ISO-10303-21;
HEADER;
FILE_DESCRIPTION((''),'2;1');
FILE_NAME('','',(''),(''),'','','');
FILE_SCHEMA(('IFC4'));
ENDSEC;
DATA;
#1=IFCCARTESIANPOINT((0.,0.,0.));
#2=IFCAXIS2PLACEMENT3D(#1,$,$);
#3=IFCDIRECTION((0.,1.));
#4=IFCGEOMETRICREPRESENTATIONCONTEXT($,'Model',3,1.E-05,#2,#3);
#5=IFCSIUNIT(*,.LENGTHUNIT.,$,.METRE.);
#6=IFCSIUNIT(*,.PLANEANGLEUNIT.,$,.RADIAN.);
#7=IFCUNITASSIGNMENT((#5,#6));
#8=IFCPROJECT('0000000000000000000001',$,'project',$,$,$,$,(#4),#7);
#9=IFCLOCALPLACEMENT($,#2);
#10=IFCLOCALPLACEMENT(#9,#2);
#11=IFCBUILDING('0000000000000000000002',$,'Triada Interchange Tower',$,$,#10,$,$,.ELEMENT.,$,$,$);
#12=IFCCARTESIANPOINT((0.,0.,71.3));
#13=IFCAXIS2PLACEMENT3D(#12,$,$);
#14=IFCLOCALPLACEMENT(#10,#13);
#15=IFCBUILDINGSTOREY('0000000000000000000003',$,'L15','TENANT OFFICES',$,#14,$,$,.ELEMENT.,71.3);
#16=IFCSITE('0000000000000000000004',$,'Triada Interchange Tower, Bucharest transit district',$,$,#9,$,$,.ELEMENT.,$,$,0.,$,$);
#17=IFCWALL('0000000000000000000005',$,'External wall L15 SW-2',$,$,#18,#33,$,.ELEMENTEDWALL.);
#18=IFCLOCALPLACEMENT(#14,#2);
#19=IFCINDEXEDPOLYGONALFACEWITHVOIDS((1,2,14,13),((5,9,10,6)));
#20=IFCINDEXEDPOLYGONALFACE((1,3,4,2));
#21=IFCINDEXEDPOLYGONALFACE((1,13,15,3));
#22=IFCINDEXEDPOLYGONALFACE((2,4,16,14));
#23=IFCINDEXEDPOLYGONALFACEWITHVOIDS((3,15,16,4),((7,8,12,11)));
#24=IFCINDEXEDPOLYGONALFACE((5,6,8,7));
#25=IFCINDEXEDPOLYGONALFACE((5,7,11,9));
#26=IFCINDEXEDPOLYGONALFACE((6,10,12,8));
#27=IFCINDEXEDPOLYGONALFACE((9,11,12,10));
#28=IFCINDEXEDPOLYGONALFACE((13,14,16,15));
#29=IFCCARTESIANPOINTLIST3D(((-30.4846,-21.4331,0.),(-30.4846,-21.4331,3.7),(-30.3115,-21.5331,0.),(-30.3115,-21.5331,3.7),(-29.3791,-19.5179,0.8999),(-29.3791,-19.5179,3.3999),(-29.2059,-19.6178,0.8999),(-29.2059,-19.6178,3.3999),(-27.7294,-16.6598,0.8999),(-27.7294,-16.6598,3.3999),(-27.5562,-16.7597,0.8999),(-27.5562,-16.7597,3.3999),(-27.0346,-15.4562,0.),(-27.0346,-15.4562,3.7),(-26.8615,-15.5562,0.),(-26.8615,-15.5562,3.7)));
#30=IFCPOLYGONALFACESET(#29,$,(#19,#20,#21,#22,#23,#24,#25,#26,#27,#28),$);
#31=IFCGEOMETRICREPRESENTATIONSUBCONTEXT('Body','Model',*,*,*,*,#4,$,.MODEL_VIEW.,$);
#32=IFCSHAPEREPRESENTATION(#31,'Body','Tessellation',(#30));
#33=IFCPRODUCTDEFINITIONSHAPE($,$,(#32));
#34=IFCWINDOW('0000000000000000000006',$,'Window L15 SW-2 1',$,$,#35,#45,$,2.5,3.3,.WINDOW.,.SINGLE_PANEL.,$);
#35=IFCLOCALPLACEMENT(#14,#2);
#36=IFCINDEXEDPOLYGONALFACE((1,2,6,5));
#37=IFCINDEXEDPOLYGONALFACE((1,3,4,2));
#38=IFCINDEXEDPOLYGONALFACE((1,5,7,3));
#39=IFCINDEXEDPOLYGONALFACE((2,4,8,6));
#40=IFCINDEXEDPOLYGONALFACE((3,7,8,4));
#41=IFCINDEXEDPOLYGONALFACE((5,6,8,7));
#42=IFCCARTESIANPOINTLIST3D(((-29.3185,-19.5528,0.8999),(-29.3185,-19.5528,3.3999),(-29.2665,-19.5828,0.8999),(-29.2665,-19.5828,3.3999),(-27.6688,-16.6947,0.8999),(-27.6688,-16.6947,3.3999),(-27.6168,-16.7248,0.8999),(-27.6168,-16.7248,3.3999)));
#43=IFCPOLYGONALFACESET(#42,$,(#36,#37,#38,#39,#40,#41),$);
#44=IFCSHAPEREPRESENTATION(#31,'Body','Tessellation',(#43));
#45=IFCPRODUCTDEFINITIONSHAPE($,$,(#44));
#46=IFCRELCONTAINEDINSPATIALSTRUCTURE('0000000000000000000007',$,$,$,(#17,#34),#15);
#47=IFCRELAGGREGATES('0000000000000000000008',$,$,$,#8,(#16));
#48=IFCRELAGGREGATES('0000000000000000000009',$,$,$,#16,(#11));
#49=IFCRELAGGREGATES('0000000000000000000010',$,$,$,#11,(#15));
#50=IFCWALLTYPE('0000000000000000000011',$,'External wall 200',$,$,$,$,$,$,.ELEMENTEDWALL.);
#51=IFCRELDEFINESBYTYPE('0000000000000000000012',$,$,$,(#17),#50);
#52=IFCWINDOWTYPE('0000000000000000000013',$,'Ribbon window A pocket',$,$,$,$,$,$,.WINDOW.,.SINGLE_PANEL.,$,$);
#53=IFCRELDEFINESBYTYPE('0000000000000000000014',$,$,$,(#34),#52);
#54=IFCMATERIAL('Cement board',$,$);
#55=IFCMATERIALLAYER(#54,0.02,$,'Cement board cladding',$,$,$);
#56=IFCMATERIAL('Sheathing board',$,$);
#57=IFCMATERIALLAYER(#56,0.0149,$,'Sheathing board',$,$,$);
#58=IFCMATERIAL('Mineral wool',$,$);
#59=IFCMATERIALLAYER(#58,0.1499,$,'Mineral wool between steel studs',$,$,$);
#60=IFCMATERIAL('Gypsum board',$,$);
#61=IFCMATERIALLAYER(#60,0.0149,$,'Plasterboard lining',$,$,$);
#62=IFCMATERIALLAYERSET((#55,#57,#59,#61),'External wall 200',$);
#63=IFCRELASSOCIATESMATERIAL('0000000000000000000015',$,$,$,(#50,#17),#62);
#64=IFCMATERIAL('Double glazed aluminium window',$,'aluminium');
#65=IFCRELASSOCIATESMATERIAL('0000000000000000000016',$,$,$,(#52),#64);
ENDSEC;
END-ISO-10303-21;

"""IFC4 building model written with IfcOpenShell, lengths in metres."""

from ifc_helpers import new_model, si_unit, direction, frame, frame_2d, origin, place, context, subcontext, project, spatial, rectangle, extrude, material, layer, layer_set, layer_usage, type_object, element, fill, save


model = new_model("IFC4")

# Units and contexts
model_context = context("Model", 3, precision=1e-05, world=origin(), true_north=direction((0.0, 1.0)))
body_context = subcontext(model_context, "Body", "Model", "MODEL_VIEW")
ifc_project = project(units=[si_unit("LENGTHUNIT", "METRE"), si_unit("PLANEANGLEUNIT", "RADIAN")], contexts=[model_context])

# Site, building, storey
site_placement = place(None, origin())
site = spatial("IfcSite", under=ifc_project, at=site_placement, Name="Triada Interchange Tower, Bucharest transit district", CompositionType="ELEMENT", RefElevation=0.0)
building_placement = place(site_placement, origin())
building = spatial("IfcBuilding", under=site, at=building_placement, Name="Triada Interchange Tower", CompositionType="ELEMENT")
storey_placement = place(building_placement, frame((0.0, 0.0, 71.3)))
storey = spatial("IfcBuildingStorey", under=building, at=storey_placement, Name="L15", Description="TENANT OFFICES", CompositionType="ELEMENT", Elevation=71.3)

# Wall, opening, window
ifc_material_1 = material(Name="Cement board")
ifc_layer_1 = layer(ifc_material_1, 0.02, Name="Cement board cladding")
ifc_material_2 = material(Name="Sheathing board")
ifc_layer_2 = layer(ifc_material_2, 0.0149, Name="Sheathing board")
ifc_material_3 = material(Name="Mineral wool")
ifc_layer_3 = layer(ifc_material_3, 0.1499, Name="Mineral wool between steel studs")
ifc_material_4 = material(Name="Gypsum board")
ifc_layer_4 = layer(ifc_material_4, 0.0149, Name="Plasterboard lining")
ifc_layer_set_1 = layer_set([ifc_layer_1, ifc_layer_2, ifc_layer_3, ifc_layer_4], Name="External wall 200")
ifc_layer_usage = layer_usage(ifc_layer_set_1, "AXIS2", "POSITIVE", -0.1001)
wall_type_1 = type_object("IfcWallType", Name="External wall 200", PredefinedType="ELEMENTEDWALL", material=ifc_layer_set_1)
ifc_material_5 = material(Name="Double glazed aluminium window", Category="aluminium")
window_type_1 = type_object("IfcWindowType", Name="Ribbon window A pocket", PartitioningType="SINGLE_PANEL", PredefinedType="WINDOW", material=ifc_material_5)
wall_1_placement = place(storey_placement, frame((-26.948, -15.5061, 0.0), z_axis=(0.0, 0.0, 1.0), x_axis=(-0.499917, -0.866073, 0.0)))
wall_1 = element("IfcWall", 1, at=wall_1_placement, inside=storey, type_object=wall_type_1, material=ifc_layer_usage, Name="External wall L15 SW-2", PredefinedType="ELEMENTEDWALL", context=body_context, shape_type="SweptSolid", body=[
    extrude(rectangle(XDim=6.9011, YDim=0.2, at=frame_2d((3.4507, 0.0))), origin(), (0.0, 0.0, 1.0), 3.7),
])
opening_1_placement = place(wall_1_placement, frame((1.3899, 0.0, 0.8999)))
opening_1 = element("IfcOpeningElement", 2, at=opening_1_placement, cuts=wall_1, PredefinedType="OPENING", context=body_context, shape_type="SweptSolid", body=[
    extrude(rectangle(XDim=3.3, YDim=2.5, at=frame_2d((1.6499, 1.25))), frame((0.0, 0.1099, 0.0), z_axis=(0.0, -1.0, 0.0), x_axis=(1.0, 0.0, 0.0)), (0.0, 0.0, 1.0), 0.22),
])
window_1_placement = place(opening_1_placement, origin())
window_1 = element("IfcWindow", 3, at=window_1_placement, inside=storey, type_object=window_type_1, Name="Window L15 SW-2 1", OverallHeight=2.5, OverallWidth=3.3, PartitioningType="SINGLE_PANEL", PredefinedType="WINDOW", context=body_context, shape_type="SweptSolid", body=[
    extrude(rectangle(XDim=3.3, YDim=2.5, at=frame_2d((1.6499, 1.25))), frame((0.0, 0.03, 0.0), z_axis=(0.0, -1.0, 0.0), x_axis=(1.0, 0.0, 0.0)), (0.0, 0.0, 1.0), 0.0601),
])
fill(opening_1, window_1)

save(model, "model.ifc")
